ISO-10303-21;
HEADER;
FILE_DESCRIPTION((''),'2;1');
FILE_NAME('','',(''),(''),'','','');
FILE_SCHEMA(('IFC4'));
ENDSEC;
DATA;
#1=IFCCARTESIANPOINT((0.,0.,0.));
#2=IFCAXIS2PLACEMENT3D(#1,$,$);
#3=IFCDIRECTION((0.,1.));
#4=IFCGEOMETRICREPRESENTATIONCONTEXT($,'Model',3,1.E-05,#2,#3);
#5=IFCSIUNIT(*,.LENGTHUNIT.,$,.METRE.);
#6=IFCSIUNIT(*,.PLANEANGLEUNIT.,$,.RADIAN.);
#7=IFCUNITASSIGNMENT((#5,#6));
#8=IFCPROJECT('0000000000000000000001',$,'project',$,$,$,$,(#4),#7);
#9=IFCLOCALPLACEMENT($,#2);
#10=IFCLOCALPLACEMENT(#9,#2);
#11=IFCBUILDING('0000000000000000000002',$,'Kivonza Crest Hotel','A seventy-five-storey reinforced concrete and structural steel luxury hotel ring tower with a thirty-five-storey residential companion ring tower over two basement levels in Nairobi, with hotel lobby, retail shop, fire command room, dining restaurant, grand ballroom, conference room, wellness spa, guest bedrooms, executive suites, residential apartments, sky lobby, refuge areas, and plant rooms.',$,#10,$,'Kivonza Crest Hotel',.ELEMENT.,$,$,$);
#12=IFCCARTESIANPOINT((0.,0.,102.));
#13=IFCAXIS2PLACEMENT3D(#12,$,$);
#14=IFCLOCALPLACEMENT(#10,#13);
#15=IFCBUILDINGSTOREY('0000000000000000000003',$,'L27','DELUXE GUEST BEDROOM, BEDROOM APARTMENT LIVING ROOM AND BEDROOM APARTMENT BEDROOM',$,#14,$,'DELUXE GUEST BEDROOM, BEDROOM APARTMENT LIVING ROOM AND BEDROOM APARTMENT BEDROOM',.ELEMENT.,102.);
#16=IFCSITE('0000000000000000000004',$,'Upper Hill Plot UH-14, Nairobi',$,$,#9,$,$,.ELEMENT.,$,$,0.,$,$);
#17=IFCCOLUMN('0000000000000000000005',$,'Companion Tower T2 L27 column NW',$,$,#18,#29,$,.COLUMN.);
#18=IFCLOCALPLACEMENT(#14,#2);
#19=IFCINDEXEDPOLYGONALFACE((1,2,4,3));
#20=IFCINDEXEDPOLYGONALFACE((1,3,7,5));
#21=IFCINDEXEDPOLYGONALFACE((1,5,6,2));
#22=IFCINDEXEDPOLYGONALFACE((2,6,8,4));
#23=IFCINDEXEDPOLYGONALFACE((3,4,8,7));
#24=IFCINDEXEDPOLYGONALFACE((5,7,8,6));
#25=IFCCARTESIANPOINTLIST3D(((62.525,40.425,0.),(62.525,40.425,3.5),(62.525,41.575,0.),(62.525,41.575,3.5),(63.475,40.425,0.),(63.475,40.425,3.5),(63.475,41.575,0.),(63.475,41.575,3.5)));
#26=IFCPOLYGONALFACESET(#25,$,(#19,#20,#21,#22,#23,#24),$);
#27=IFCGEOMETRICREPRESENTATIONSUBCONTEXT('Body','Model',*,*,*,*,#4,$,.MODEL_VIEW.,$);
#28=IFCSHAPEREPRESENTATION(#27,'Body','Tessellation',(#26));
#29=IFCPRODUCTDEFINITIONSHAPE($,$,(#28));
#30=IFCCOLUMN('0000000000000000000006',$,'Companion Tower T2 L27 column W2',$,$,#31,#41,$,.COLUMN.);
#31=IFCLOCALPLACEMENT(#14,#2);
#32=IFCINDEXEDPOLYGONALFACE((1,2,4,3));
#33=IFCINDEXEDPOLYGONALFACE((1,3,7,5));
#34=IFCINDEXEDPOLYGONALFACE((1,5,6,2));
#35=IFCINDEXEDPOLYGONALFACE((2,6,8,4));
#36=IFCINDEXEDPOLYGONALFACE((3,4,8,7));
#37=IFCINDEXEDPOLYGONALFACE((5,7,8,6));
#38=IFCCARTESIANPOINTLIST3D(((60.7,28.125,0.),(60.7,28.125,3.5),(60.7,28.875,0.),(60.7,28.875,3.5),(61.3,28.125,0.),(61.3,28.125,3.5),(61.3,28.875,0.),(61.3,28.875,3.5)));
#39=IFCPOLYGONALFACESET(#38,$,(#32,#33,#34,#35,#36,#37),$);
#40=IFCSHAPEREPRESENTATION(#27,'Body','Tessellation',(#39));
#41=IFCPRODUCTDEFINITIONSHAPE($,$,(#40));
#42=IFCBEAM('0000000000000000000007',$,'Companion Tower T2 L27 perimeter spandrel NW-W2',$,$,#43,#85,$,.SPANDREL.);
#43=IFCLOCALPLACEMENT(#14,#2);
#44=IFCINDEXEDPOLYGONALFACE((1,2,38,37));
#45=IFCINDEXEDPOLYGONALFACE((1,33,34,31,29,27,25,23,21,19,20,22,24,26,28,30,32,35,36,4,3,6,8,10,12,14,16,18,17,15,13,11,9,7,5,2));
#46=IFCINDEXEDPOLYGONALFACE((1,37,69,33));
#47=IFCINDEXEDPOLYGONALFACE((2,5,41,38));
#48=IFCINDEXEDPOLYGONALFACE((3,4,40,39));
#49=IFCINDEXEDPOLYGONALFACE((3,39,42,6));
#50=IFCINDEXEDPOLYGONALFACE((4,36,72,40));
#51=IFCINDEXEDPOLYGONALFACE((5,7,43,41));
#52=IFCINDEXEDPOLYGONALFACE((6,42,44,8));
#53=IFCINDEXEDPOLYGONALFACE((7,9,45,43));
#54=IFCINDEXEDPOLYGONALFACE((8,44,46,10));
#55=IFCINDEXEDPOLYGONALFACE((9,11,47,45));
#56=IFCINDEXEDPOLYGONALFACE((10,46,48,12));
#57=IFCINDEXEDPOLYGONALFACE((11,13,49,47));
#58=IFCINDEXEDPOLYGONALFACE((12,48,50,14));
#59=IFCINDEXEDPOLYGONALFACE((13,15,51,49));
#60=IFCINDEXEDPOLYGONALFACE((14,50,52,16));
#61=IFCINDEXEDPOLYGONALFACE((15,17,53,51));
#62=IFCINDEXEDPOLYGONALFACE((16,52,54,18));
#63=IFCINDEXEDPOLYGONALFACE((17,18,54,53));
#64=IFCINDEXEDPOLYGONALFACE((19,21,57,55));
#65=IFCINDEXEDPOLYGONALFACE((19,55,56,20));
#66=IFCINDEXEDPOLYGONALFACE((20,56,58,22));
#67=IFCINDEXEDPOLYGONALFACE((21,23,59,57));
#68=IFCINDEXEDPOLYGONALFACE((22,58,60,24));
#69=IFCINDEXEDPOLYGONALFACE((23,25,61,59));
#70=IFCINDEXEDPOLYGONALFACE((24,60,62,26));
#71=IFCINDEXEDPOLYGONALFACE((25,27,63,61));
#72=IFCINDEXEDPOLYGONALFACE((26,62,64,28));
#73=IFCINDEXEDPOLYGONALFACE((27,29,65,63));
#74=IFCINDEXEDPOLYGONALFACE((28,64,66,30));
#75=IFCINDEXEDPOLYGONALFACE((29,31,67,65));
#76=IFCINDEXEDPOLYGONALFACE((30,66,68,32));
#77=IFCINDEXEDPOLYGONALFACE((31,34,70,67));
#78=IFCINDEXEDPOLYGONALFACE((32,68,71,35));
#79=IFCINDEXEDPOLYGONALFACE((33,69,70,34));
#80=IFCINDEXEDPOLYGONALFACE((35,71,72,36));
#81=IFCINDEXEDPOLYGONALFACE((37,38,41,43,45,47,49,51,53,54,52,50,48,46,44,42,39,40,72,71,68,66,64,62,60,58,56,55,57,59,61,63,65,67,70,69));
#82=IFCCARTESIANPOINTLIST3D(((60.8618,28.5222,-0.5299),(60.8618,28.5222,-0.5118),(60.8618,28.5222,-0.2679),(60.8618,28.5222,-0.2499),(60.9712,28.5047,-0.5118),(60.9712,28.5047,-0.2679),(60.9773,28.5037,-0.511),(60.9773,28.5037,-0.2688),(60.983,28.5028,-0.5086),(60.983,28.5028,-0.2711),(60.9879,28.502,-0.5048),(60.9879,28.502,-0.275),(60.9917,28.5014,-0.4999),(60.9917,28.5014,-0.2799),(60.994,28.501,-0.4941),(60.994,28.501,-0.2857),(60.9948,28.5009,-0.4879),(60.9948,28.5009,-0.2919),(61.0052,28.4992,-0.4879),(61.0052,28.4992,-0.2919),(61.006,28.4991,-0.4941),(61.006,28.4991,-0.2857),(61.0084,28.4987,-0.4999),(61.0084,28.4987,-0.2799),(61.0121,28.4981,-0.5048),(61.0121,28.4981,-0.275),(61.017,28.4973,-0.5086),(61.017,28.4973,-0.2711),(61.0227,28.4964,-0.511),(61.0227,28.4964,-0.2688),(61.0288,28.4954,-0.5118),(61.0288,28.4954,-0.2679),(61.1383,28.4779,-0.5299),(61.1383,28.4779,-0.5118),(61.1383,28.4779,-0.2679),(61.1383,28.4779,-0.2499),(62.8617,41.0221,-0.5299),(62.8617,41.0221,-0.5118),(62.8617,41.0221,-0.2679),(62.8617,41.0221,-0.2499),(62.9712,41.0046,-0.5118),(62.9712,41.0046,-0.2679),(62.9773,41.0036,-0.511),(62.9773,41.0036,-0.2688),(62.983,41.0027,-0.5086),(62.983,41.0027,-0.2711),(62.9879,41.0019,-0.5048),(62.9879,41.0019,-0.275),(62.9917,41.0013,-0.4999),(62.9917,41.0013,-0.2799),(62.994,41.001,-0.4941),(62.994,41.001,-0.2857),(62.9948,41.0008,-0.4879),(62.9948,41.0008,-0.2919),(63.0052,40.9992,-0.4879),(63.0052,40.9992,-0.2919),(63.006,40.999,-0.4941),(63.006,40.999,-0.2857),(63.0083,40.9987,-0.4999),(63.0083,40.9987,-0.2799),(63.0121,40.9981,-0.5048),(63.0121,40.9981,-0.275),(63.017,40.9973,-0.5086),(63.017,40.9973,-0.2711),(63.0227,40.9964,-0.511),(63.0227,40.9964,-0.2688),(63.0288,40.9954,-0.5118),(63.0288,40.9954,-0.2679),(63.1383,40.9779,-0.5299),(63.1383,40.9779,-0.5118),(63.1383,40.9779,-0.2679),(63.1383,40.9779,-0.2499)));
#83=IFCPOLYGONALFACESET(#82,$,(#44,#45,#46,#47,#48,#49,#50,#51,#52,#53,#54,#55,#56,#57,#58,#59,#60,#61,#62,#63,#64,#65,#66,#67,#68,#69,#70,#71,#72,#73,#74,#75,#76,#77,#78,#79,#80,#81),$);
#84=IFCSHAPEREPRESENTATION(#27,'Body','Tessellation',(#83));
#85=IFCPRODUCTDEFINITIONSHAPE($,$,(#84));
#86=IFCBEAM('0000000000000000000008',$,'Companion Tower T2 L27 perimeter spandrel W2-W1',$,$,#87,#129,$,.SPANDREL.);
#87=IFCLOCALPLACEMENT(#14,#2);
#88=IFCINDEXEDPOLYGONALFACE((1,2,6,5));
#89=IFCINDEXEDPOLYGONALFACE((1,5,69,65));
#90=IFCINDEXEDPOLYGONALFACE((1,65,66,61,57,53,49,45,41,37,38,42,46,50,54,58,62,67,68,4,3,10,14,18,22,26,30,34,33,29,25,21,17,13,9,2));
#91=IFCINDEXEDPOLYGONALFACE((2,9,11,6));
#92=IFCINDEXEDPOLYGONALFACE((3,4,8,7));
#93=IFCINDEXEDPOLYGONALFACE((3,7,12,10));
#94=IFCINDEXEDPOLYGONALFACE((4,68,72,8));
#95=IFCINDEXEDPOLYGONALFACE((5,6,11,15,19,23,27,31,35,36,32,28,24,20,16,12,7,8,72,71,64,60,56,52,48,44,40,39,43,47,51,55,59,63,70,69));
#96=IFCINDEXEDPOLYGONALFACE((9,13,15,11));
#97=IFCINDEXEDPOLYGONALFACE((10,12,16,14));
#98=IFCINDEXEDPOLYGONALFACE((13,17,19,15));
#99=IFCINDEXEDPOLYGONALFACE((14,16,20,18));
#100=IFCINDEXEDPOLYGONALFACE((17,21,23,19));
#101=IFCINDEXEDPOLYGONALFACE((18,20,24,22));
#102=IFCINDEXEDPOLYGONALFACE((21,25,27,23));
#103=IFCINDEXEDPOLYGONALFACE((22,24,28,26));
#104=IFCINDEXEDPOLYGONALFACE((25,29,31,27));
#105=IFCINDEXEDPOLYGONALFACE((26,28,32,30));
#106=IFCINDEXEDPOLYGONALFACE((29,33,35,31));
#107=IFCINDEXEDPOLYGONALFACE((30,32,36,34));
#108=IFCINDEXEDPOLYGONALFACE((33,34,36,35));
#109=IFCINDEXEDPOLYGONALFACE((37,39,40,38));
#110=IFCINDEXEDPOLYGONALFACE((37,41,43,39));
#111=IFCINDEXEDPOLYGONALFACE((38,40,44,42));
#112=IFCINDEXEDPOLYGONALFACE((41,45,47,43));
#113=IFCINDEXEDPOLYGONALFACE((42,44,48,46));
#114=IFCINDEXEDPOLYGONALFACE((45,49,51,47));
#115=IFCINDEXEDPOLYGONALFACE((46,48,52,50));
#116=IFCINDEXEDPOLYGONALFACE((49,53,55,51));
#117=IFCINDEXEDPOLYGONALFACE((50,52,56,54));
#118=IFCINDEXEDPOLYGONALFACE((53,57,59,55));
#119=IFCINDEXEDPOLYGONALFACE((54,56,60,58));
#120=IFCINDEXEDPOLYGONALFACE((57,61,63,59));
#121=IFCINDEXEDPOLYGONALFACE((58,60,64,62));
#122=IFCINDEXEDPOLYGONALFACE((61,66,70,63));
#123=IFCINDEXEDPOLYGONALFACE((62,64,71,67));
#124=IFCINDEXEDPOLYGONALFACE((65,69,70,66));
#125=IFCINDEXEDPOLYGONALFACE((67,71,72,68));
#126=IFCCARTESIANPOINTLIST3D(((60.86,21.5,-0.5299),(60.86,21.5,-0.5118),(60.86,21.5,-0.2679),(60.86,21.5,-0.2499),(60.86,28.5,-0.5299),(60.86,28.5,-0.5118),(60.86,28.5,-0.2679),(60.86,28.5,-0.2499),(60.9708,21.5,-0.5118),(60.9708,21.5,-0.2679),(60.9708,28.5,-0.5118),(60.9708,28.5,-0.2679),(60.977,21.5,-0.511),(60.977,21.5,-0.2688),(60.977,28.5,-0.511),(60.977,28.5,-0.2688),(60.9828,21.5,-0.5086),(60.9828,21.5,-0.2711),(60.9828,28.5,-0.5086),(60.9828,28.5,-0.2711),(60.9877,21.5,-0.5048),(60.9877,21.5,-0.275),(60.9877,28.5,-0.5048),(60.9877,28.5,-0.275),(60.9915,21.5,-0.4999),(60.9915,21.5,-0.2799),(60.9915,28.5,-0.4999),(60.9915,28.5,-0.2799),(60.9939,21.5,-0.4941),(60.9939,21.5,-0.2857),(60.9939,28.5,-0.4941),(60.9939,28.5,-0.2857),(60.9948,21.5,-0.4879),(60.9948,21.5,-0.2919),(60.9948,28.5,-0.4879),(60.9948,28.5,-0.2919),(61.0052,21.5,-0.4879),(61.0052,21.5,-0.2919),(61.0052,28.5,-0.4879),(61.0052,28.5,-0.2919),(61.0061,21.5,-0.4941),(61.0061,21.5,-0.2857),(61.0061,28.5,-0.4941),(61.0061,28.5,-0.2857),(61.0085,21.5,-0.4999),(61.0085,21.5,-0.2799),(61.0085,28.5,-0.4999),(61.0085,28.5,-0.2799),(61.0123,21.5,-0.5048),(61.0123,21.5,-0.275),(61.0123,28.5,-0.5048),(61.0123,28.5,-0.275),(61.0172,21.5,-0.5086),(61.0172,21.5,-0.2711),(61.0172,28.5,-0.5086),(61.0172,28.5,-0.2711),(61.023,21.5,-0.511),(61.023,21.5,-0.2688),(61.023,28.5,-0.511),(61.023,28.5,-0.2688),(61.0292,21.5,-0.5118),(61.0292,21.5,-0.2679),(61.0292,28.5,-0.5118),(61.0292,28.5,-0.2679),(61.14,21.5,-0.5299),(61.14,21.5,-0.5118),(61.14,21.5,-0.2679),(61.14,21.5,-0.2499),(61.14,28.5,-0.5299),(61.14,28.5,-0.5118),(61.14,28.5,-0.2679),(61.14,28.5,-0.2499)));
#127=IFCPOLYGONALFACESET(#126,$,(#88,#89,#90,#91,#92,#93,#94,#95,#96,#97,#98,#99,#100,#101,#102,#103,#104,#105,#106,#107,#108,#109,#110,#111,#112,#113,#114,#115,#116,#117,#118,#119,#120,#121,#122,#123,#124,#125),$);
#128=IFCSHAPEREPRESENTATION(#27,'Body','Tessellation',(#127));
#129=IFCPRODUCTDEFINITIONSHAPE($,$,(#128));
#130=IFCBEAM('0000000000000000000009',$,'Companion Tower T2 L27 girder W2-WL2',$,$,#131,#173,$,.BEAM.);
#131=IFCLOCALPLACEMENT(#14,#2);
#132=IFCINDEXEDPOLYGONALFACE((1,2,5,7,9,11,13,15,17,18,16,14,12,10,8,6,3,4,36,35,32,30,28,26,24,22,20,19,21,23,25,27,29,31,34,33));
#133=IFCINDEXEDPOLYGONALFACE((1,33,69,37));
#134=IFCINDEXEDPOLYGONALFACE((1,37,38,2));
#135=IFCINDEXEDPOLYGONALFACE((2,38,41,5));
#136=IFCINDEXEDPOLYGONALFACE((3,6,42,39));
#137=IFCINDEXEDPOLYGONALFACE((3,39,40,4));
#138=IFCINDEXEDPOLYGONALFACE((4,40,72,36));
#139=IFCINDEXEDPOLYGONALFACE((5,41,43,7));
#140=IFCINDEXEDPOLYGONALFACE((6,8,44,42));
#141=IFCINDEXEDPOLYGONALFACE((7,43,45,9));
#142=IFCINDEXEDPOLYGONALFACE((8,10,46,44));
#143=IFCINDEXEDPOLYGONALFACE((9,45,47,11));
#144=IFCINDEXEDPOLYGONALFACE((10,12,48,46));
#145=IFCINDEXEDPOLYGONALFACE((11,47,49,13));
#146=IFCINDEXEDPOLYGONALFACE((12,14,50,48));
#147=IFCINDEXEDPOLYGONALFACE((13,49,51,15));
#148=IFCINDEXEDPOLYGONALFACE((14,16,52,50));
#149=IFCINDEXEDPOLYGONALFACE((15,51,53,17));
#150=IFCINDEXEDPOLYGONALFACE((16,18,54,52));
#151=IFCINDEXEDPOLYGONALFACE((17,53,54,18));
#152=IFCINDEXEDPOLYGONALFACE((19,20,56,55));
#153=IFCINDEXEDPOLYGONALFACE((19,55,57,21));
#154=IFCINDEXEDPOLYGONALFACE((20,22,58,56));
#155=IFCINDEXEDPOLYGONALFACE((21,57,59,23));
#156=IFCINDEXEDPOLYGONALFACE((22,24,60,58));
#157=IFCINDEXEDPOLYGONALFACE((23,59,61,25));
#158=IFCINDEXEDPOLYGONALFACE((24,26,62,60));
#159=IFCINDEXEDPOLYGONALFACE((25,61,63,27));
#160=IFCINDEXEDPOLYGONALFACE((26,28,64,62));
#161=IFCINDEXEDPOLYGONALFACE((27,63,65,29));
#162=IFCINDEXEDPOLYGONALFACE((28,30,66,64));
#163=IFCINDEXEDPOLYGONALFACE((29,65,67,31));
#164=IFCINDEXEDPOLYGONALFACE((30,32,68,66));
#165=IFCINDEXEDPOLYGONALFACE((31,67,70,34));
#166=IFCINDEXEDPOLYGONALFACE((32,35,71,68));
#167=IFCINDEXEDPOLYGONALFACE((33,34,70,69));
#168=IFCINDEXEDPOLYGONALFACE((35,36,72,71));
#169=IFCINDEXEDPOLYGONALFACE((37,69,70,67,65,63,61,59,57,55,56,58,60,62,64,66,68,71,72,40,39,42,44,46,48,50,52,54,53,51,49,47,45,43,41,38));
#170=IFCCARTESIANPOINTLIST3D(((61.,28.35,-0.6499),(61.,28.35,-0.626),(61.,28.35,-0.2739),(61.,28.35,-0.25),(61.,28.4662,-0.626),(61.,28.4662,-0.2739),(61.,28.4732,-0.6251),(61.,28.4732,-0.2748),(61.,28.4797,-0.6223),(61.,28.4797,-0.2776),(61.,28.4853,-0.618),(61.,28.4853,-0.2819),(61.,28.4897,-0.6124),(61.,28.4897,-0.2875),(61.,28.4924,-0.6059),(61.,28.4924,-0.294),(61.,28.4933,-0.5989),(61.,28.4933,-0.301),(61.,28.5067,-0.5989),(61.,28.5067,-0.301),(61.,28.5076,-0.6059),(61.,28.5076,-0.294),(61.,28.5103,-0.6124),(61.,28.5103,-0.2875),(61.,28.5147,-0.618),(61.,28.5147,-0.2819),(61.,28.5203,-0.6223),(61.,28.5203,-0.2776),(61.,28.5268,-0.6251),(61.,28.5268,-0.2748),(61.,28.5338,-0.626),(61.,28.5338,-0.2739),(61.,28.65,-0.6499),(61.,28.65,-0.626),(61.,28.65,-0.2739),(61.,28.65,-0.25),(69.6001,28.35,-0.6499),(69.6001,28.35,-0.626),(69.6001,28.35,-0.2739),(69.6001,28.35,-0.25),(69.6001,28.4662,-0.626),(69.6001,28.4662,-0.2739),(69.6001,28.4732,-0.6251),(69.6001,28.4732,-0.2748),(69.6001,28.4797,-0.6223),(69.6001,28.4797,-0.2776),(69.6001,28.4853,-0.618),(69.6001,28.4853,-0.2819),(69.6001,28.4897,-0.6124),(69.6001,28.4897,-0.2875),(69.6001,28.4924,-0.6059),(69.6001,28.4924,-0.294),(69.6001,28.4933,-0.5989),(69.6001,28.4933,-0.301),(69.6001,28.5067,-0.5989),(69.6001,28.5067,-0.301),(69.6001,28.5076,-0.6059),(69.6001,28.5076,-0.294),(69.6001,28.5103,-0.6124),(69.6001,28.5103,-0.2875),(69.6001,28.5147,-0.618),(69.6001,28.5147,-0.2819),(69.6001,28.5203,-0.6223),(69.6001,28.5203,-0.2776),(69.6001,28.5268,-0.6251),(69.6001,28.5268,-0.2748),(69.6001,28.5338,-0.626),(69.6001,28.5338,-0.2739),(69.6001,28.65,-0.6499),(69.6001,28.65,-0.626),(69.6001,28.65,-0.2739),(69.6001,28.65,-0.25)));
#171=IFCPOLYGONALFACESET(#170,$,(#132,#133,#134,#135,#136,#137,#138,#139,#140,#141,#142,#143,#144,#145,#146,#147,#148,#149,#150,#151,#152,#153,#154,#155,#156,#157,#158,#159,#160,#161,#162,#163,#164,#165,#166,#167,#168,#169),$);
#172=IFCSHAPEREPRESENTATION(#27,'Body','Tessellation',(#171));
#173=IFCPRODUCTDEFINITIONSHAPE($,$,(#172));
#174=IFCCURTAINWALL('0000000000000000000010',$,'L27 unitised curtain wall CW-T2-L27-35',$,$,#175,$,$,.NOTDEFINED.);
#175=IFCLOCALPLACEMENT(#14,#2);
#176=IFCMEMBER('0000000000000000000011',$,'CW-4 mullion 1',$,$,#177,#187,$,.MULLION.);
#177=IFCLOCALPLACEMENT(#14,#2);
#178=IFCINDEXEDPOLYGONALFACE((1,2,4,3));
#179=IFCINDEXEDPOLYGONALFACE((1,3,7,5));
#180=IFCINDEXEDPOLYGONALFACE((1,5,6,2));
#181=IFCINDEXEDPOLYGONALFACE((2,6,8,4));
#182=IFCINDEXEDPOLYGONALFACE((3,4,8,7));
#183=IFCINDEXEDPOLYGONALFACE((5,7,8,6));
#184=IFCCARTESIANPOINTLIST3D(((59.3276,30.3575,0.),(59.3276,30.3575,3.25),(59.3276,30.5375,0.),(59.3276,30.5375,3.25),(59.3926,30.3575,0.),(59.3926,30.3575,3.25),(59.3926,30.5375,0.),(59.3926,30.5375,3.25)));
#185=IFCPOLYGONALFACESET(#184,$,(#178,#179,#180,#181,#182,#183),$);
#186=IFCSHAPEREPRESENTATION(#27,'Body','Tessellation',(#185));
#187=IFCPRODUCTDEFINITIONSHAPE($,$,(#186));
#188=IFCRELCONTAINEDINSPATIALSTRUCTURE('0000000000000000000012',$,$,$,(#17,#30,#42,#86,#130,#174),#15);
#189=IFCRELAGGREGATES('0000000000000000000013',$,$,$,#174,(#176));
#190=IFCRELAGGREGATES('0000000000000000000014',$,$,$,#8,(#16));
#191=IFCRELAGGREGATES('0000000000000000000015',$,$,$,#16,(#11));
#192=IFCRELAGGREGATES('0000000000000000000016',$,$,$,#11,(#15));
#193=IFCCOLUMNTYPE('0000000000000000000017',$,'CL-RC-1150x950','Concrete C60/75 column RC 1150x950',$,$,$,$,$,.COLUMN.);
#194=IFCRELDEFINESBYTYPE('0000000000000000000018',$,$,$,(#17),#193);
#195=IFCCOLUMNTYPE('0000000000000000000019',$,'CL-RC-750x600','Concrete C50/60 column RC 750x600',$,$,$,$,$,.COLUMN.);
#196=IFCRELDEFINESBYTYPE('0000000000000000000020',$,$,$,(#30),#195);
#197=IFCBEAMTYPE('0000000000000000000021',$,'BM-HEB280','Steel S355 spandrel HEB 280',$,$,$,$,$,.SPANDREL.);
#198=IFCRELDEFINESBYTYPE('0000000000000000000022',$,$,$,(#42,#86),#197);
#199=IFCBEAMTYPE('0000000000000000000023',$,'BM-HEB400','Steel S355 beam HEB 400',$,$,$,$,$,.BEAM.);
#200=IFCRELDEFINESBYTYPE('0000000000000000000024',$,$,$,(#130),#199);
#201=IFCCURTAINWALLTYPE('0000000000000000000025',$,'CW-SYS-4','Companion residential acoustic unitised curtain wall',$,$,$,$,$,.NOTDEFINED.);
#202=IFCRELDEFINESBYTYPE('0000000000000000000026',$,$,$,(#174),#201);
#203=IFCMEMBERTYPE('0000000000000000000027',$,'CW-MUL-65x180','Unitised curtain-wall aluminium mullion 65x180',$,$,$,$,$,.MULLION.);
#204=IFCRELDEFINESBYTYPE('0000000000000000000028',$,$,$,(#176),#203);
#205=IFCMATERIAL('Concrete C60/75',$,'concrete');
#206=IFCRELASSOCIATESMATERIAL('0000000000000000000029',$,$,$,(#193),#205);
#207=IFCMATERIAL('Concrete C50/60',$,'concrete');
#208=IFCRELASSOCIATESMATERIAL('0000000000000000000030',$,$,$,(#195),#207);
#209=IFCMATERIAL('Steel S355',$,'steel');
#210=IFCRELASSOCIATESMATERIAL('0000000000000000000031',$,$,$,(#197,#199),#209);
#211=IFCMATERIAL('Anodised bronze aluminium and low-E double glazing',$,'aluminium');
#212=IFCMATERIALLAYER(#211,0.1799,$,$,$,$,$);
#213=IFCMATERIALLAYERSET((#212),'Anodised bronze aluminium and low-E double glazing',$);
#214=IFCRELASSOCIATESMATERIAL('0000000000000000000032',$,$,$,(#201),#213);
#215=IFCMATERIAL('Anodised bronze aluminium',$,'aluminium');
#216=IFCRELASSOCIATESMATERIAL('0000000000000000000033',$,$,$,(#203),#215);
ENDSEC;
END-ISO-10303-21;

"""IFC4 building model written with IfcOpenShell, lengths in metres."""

from ifc_helpers import new_model, si_unit, direction, frame, origin, origin_2d, place, context, subcontext, project, spatial, rectangle, i_section, extrude, material, layer, layer_set, material_profile, profile_set, type_object, element, aggregate, save


model = new_model("IFC4")

# Units and contexts
model_context = context("Model", 3, precision=1e-05, world=origin(), true_north=direction((0.0, 1.0)))
body_context = subcontext(model_context, "Body", "Model", "MODEL_VIEW")
ifc_project = project(units=[si_unit("LENGTHUNIT", "METRE"), si_unit("PLANEANGLEUNIT", "RADIAN")], contexts=[model_context])

# Site, building, storey
site_placement = place(None, origin())
site = spatial("IfcSite", under=ifc_project, at=site_placement, Name="Upper Hill Plot UH-14, Nairobi", CompositionType="ELEMENT", RefElevation=0.0)
building_placement = place(site_placement, origin())
building = spatial("IfcBuilding", under=site, at=building_placement, Name="Kivonza Crest Hotel", Description="A seventy-five-storey reinforced concrete and structural steel luxury hotel ring tower with a thirty-five-storey residential companion ring tower over two basement levels in Nairobi, with hotel lobby, retail shop, fire command room, dining restaurant, grand ballroom, conference room, wellness spa, guest bedrooms, executive suites, residential apartments, sky lobby, refuge areas, and plant rooms.", LongName="Kivonza Crest Hotel", CompositionType="ELEMENT")
storey_placement = place(building_placement, frame((0.0, 0.0, 102.0)))
storey = spatial("IfcBuildingStorey", under=building, at=storey_placement, Name="L27", Description="DELUXE GUEST BEDROOM, BEDROOM APARTMENT LIVING ROOM AND BEDROOM APARTMENT BEDROOM", LongName="DELUXE GUEST BEDROOM, BEDROOM APARTMENT LIVING ROOM AND BEDROOM APARTMENT BEDROOM", CompositionType="ELEMENT", Elevation=102.0)

# Columns
ifc_material_1 = material(Name="Concrete C60/75", Category="concrete")
ifc_material_profile_1 = material_profile(ifc_material_1, rectangle(XDim=0.95, YDim=1.1499, at=origin_2d()), Name="RC 1150x950")
ifc_profile_set_1 = profile_set([ifc_material_profile_1], Name="Concrete C60/75")
column_type_1 = type_object("IfcColumnType", Name="CL-RC-1150x950", Description="Concrete C60/75 column RC 1150x950", PredefinedType="COLUMN", material=ifc_profile_set_1)
column_1_placement = place(storey_placement, frame((63.0, 41.0, 0.0), z_axis=(0.0, 0.0, 1.0), x_axis=(1.0, 0.0, 0.0)))
element("IfcColumn", 1, at=column_1_placement, inside=storey, type_object=column_type_1, Name="Companion Tower T2 L27 column NW", PredefinedType="COLUMN", context=body_context, shape_type="SweptSolid", body=[
    extrude(rectangle(XDim=0.95, YDim=1.1499, at=origin_2d()), origin(), (0.0, 0.0, 1.0), 3.5),
])
ifc_material_2 = material(Name="Concrete C50/60", Category="concrete")
ifc_material_profile_2 = material_profile(ifc_material_2, rectangle(XDim=0.6001, YDim=0.75, at=origin_2d()), Name="RC 750x600")
ifc_profile_set_2 = profile_set([ifc_material_profile_2], Name="Concrete C50/60")
column_type_2 = type_object("IfcColumnType", Name="CL-RC-750x600", Description="Concrete C50/60 column RC 750x600", PredefinedType="COLUMN", material=ifc_profile_set_2)
column_2_placement = place(storey_placement, frame((61.0, 28.5, 0.0), z_axis=(0.0, 0.0, 1.0), x_axis=(1.0, 0.0, 0.0)))
element("IfcColumn", 2, at=column_2_placement, inside=storey, type_object=column_type_2, Name="Companion Tower T2 L27 column W2", PredefinedType="COLUMN", context=body_context, shape_type="SweptSolid", body=[
    extrude(rectangle(XDim=0.6001, YDim=0.75, at=origin_2d()), origin(), (0.0, 0.0, 1.0), 3.5),
])

# Beams
ifc_material_3 = material(Name="Steel S355", Category="steel")
ifc_material_profile_3 = material_profile(ifc_material_3, i_section(OverallWidth=0.28, OverallDepth=0.28, WebThickness=0.0105, FlangeThickness=0.0181, FilletRadius=0.0239, at=origin_2d()), Name="HEB 280")
ifc_profile_set_3 = profile_set([ifc_material_profile_3], Name="Steel S355")
beam_type_1 = type_object("IfcBeamType", Name="BM-HEB280", Description="Steel S355 spandrel HEB 280", PredefinedType="SPANDREL", material=ifc_profile_set_3)
beam_1_placement = place(storey_placement, frame((63.0, 41.0, -0.3899), z_axis=(-0.157991, -0.987441, 0.0), x_axis=(0.987441, -0.157991, 0.0)))
element("IfcBeam", 3, at=beam_1_placement, inside=storey, type_object=beam_type_1, Name="Companion Tower T2 L27 perimeter spandrel NW-W2", PredefinedType="SPANDREL", context=body_context, shape_type="SweptSolid", body=[
    extrude(i_section(OverallWidth=0.28, OverallDepth=0.28, WebThickness=0.0105, FlangeThickness=0.0181, FilletRadius=0.0239, at=origin_2d()), origin(), (0.0, 0.0, 1.0), 12.6589),
])
beam_2_placement = place(storey_placement, frame((61.0, 28.5, -0.3899), z_axis=(0.0, -1.0, 0.0), x_axis=(1.0, 0.0, 0.0)))
element("IfcBeam", 4, at=beam_2_placement, inside=storey, type_object=beam_type_1, Name="Companion Tower T2 L27 perimeter spandrel W2-W1", PredefinedType="SPANDREL", context=body_context, shape_type="SweptSolid", body=[
    extrude(i_section(OverallWidth=0.28, OverallDepth=0.28, WebThickness=0.0105, FlangeThickness=0.0181, FilletRadius=0.0239, at=origin_2d()), origin(), (0.0, 0.0, 1.0), 7.0),
])
ifc_material_profile_4 = material_profile(ifc_material_3, i_section(OverallWidth=0.3, OverallDepth=0.3999, WebThickness=0.0134, FlangeThickness=0.0239, FilletRadius=0.0271, at=origin_2d()), Name="HEB 400")
ifc_profile_set_4 = profile_set([ifc_material_profile_4], Name="Steel S355")
beam_type_2 = type_object("IfcBeamType", Name="BM-HEB400", Description="Steel S355 beam HEB 400", PredefinedType="BEAM", material=ifc_profile_set_4)
beam_3_placement = place(storey_placement, frame((61.0, 28.5, -0.45), z_axis=(1.0, 0.0, 0.0), x_axis=(0.0, 1.0, 0.0)))
element("IfcBeam", 5, at=beam_3_placement, inside=storey, type_object=beam_type_2, Name="Companion Tower T2 L27 girder W2-WL2", PredefinedType="BEAM", context=body_context, shape_type="SweptSolid", body=[
    extrude(i_section(OverallWidth=0.3, OverallDepth=0.3999, WebThickness=0.0134, FlangeThickness=0.0239, FilletRadius=0.0271, at=origin_2d()), origin(), (0.0, 0.0, 1.0), 8.6001),
])

# Curtain wall, member
ifc_material_4 = material(Name="Anodised bronze aluminium and low-E double glazing", Category="aluminium")
ifc_layer_1 = layer(ifc_material_4, 0.1799)
ifc_layer_set_1 = layer_set([ifc_layer_1], Name="Anodised bronze aluminium and low-E double glazing")
curtain_wall_type = type_object("IfcCurtainWallType", Name="CW-SYS-4", Description="Companion residential acoustic unitised curtain wall", PredefinedType="NOTDEFINED", material=ifc_layer_set_1)
curtain_wall_placement = place(storey_placement, origin())
curtain_wall = element("IfcCurtainWall", 6, at=curtain_wall_placement, inside=storey, type_object=curtain_wall_type, Name="L27 unitised curtain wall CW-T2-L27-35", PredefinedType="NOTDEFINED")
ifc_material_5 = material(Name="Anodised bronze aluminium", Category="aluminium")
ifc_material_profile_5 = material_profile(ifc_material_5, rectangle(XDim=0.0649, YDim=0.1799, at=origin_2d()), Name="CW-M 65x180")
ifc_profile_set_5 = profile_set([ifc_material_profile_5], Name="Anodised bronze aluminium")
member_type = type_object("IfcMemberType", Name="CW-MUL-65x180", Description="Unitised curtain-wall aluminium mullion 65x180", PredefinedType="MULLION", material=ifc_profile_set_5)
member_placement = place(storey_placement, frame((59.3601, 30.4475, 0.0), z_axis=(0.0, 0.0, 1.0), x_axis=(1.0, 0.0, 0.0)))
member = element("IfcMember", 7, at=member_placement, type_object=member_type, Name="CW-4 mullion 1", PredefinedType="MULLION", context=body_context, shape_type="SweptSolid", body=[
    extrude(rectangle(XDim=0.0649, YDim=0.1799, at=origin_2d()), origin(), (0.0, 0.0, 1.0), 3.25),
])
aggregate(curtain_wall, [member])

save(model, "model.ifc")
